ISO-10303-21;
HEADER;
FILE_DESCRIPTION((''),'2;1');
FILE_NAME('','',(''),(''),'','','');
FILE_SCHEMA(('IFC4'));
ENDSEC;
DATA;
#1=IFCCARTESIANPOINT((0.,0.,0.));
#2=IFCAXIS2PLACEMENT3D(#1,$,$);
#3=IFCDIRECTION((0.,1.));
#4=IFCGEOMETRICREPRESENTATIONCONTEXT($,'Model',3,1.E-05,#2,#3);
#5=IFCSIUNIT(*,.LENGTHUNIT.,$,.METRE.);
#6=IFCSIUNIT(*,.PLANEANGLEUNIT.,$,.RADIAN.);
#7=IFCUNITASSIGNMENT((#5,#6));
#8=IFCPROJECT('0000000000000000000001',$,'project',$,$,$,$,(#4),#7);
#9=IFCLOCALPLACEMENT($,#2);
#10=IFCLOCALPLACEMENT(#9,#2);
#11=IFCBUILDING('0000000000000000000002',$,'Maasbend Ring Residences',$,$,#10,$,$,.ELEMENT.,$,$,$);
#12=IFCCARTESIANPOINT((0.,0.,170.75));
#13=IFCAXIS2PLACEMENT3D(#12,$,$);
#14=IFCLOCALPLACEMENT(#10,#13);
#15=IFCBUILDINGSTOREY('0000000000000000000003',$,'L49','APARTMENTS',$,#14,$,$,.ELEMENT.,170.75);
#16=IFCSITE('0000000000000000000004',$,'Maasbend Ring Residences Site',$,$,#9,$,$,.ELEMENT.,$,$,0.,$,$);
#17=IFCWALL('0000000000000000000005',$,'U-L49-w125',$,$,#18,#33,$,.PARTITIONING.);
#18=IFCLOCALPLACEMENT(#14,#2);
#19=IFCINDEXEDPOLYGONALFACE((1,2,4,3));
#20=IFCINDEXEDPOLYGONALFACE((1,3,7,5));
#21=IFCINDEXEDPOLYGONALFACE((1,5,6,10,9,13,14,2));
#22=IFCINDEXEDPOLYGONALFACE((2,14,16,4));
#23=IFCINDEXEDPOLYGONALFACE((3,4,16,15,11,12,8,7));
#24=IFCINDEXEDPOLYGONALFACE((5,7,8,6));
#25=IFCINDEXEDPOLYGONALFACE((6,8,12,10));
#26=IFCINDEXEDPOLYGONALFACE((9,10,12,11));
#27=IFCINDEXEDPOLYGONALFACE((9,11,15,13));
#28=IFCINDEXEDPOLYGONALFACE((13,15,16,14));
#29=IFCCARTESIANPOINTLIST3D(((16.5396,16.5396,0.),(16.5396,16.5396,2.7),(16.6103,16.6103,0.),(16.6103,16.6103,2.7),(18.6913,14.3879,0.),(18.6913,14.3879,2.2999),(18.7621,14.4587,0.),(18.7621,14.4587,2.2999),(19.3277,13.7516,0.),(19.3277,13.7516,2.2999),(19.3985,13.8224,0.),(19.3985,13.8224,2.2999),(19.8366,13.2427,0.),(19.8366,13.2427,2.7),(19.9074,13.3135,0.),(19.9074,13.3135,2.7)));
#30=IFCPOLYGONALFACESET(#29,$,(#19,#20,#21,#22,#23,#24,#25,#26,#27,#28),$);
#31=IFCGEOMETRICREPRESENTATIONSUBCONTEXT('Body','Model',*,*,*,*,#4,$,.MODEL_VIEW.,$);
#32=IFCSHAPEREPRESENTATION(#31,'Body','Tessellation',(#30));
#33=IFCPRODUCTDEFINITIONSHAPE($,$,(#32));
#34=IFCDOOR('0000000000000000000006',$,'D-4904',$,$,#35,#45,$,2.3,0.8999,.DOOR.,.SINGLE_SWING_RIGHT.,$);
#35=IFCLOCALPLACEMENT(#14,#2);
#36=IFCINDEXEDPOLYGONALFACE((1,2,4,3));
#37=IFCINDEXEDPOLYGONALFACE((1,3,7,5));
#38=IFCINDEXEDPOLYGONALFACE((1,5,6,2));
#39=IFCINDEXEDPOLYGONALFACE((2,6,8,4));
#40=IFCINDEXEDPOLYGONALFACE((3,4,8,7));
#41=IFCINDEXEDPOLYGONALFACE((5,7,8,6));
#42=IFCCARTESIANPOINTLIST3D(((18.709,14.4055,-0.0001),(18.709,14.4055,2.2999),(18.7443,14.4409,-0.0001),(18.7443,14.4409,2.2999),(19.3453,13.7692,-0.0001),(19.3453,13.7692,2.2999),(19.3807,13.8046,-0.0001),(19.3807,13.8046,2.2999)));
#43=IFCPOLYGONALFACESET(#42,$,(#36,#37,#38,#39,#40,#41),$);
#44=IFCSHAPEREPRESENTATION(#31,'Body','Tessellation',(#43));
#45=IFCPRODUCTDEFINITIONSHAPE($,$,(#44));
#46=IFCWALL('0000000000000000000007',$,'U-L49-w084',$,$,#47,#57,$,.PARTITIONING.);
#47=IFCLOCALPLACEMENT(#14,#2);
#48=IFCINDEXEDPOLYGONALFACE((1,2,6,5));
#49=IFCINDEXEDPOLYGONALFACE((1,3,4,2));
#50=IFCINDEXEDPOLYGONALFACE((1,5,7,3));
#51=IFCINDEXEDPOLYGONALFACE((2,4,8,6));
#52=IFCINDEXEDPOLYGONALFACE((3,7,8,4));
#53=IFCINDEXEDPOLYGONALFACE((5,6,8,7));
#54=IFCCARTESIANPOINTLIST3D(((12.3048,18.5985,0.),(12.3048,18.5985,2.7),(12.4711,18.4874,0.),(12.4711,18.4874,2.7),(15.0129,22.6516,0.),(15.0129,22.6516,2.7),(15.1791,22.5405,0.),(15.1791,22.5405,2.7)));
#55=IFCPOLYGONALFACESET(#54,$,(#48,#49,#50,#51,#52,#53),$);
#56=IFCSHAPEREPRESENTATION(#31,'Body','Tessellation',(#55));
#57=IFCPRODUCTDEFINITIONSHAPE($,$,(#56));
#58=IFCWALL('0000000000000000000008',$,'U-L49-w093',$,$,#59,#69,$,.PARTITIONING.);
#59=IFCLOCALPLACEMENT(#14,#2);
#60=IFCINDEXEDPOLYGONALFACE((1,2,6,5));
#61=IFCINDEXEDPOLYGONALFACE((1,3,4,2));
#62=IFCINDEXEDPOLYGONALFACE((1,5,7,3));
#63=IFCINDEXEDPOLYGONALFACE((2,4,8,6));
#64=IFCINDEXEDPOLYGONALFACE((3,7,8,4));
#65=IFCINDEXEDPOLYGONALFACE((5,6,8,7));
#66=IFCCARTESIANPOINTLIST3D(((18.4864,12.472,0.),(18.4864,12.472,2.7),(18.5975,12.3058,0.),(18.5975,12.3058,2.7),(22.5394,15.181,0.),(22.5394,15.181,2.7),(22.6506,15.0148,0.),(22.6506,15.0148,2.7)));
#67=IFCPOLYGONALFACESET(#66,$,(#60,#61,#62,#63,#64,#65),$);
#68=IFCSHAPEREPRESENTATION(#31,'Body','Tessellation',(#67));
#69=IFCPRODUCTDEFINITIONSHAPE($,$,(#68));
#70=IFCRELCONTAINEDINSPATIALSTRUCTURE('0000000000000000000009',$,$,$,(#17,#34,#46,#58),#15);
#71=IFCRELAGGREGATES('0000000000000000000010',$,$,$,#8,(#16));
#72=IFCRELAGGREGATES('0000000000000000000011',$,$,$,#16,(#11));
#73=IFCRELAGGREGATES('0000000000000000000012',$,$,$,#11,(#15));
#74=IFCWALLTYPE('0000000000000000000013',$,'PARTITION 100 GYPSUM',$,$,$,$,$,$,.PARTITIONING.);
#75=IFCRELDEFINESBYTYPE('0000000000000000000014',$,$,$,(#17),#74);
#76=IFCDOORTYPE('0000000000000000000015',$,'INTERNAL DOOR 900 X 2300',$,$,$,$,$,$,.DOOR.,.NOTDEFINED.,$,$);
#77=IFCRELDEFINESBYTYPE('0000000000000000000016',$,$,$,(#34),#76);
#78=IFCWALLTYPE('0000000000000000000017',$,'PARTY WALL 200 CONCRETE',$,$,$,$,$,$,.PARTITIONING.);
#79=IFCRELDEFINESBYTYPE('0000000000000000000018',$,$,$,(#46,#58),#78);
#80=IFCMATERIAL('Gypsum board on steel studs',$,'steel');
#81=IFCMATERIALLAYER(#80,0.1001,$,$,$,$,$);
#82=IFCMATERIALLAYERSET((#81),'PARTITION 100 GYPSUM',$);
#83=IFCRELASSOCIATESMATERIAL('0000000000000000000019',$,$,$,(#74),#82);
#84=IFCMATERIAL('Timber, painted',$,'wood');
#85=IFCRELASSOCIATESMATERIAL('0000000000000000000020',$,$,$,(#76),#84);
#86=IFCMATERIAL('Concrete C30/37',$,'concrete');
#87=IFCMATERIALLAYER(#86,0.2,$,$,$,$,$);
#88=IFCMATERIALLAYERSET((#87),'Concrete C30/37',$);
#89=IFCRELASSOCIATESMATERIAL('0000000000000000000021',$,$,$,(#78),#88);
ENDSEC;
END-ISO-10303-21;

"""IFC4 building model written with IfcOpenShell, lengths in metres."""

from ifc_helpers import new_model, si_unit, direction, frame, frame_2d, origin, place, context, subcontext, project, spatial, rectangle, extrude, material, layer, layer_set, type_object, element, fill, save


model = new_model("IFC4")

# Units and contexts
model_context = context("Model", 3, precision=1e-05, world=origin(), true_north=direction((0.0, 1.0)))
body_context = subcontext(model_context, "Body", "Model", "MODEL_VIEW")
ifc_project = project(units=[si_unit("LENGTHUNIT", "METRE"), si_unit("PLANEANGLEUNIT", "RADIAN")], contexts=[model_context])

# Site, building, storey
site_placement = place(None, origin())
site = spatial("IfcSite", under=ifc_project, at=site_placement, Name="Maasbend Ring Residences Site", CompositionType="ELEMENT", RefElevation=0.0)
building_placement = place(site_placement, origin())
building = spatial("IfcBuilding", under=site, at=building_placement, Name="Maasbend Ring Residences", CompositionType="ELEMENT")
storey_placement = place(building_placement, frame((0.0, 0.0, 170.75)))
storey = spatial("IfcBuildingStorey", under=building, at=storey_placement, Name="L49", Description="APARTMENTS", CompositionType="ELEMENT", Elevation=170.75)

# Shared definitions
ifc_material_1 = material(Name="Gypsum board on steel studs", Category="steel")
ifc_layer_1 = layer(ifc_material_1, 0.1001)
ifc_layer_set_1 = layer_set([ifc_layer_1], Name="PARTITION 100 GYPSUM")
wall_type_1 = type_object("IfcWallType", Name="PARTITION 100 GYPSUM", PredefinedType="PARTITIONING", material=ifc_layer_set_1)

# Shared definitions
ifc_material_2 = material(Name="Timber, painted", Category="wood")
door_type_1 = type_object("IfcDoorType", Name="INTERNAL DOOR 900 X 2300", OperationType="NOTDEFINED", PredefinedType="DOOR", material=ifc_material_2)

# Wall, opening, door
wall_1_placement = place(storey_placement, frame((16.575, 16.575, 0.0), z_axis=(0.0, 0.0, 1.0), x_axis=(0.707133, -0.707081, 0.0)))
wall_1 = element("IfcWall", 1, at=wall_1_placement, inside=storey, type_object=wall_type_1, Name="U-L49-w125", PredefinedType="PARTITIONING", context=body_context, shape_type="SweptSolid", body=[
    extrude(rectangle(XDim=4.6626, YDim=0.1001, at=frame_2d((2.3313, 0.0))), origin(), (0.0, 0.0, 1.0), 2.7),
])
opening_1_placement = place(wall_1_placement, frame((3.043, 0.0, 0.0)))
opening_1 = element("IfcOpeningElement", 2, at=opening_1_placement, cuts=wall_1, PredefinedType="OPENING", context=body_context, shape_type="SweptSolid", body=[
    extrude(rectangle(XDim=0.8999, YDim=2.3, at=frame_2d((0.45, 1.1499))), frame((0.0, 0.0601, 0.0), z_axis=(0.0, -1.0, 0.0), x_axis=(1.0, 0.0, 0.0)), (0.0, 0.0, 1.0), 0.1201),
])
door_1_placement = place(opening_1_placement, origin())
door_1 = element("IfcDoor", 3, at=door_1_placement, inside=storey, type_object=door_type_1, Name="D-4904", OperationType="SINGLE_SWING_RIGHT", OverallHeight=2.3, OverallWidth=0.8999, PredefinedType="DOOR", context=body_context, shape_type="SweptSolid", body=[
    extrude(rectangle(XDim=0.8999, YDim=2.3, at=frame_2d((0.45, 1.1499))), frame((0.0, 0.0249, 0.0), z_axis=(0.0, -1.0, 0.0), x_axis=(1.0, 0.0, 0.0)), (0.0, 0.0, 1.0), 0.05),
])
fill(opening_1, door_1)

# Walls
ifc_material_3 = material(Name="Concrete C30/37", Category="concrete")
ifc_layer_2 = layer(ifc_material_3, 0.2)
ifc_layer_set_2 = layer_set([ifc_layer_2], Name="Concrete C30/37")
wall_type_2 = type_object("IfcWallType", Name="PARTY WALL 200 CONCRETE", PredefinedType="PARTITIONING", material=ifc_layer_set_2)
wall_2_placement = place(storey_placement, frame((12.3879, 18.543, 0.0), z_axis=(0.0, 0.0, 1.0), x_axis=(0.555555, 0.83148, 0.0)))
element("IfcWall", 4, at=wall_2_placement, inside=storey, type_object=wall_type_2, Name="U-L49-w084", PredefinedType="PARTITIONING", context=body_context, shape_type="SweptSolid", body=[
    extrude(rectangle(XDim=4.8745, YDim=0.2, at=frame_2d((2.4373, 0.0))), origin(), (0.0, 0.0, 1.0), 2.7),
])
wall_3_placement = place(storey_placement, frame((18.542, 12.3889, 0.0), z_axis=(0.0, 0.0, 1.0), x_axis=(0.831387, 0.555694, 0.0)))
element("IfcWall", 5, at=wall_3_placement, inside=storey, type_object=wall_type_2, Name="U-L49-w093", PredefinedType="PARTITIONING", context=body_context, shape_type="SweptSolid", body=[
    extrude(rectangle(XDim=4.875, YDim=0.2, at=frame_2d((2.4375, 0.0))), origin(), (0.0, 0.0, 1.0), 2.7),
])

save(model, "model.ifc")
